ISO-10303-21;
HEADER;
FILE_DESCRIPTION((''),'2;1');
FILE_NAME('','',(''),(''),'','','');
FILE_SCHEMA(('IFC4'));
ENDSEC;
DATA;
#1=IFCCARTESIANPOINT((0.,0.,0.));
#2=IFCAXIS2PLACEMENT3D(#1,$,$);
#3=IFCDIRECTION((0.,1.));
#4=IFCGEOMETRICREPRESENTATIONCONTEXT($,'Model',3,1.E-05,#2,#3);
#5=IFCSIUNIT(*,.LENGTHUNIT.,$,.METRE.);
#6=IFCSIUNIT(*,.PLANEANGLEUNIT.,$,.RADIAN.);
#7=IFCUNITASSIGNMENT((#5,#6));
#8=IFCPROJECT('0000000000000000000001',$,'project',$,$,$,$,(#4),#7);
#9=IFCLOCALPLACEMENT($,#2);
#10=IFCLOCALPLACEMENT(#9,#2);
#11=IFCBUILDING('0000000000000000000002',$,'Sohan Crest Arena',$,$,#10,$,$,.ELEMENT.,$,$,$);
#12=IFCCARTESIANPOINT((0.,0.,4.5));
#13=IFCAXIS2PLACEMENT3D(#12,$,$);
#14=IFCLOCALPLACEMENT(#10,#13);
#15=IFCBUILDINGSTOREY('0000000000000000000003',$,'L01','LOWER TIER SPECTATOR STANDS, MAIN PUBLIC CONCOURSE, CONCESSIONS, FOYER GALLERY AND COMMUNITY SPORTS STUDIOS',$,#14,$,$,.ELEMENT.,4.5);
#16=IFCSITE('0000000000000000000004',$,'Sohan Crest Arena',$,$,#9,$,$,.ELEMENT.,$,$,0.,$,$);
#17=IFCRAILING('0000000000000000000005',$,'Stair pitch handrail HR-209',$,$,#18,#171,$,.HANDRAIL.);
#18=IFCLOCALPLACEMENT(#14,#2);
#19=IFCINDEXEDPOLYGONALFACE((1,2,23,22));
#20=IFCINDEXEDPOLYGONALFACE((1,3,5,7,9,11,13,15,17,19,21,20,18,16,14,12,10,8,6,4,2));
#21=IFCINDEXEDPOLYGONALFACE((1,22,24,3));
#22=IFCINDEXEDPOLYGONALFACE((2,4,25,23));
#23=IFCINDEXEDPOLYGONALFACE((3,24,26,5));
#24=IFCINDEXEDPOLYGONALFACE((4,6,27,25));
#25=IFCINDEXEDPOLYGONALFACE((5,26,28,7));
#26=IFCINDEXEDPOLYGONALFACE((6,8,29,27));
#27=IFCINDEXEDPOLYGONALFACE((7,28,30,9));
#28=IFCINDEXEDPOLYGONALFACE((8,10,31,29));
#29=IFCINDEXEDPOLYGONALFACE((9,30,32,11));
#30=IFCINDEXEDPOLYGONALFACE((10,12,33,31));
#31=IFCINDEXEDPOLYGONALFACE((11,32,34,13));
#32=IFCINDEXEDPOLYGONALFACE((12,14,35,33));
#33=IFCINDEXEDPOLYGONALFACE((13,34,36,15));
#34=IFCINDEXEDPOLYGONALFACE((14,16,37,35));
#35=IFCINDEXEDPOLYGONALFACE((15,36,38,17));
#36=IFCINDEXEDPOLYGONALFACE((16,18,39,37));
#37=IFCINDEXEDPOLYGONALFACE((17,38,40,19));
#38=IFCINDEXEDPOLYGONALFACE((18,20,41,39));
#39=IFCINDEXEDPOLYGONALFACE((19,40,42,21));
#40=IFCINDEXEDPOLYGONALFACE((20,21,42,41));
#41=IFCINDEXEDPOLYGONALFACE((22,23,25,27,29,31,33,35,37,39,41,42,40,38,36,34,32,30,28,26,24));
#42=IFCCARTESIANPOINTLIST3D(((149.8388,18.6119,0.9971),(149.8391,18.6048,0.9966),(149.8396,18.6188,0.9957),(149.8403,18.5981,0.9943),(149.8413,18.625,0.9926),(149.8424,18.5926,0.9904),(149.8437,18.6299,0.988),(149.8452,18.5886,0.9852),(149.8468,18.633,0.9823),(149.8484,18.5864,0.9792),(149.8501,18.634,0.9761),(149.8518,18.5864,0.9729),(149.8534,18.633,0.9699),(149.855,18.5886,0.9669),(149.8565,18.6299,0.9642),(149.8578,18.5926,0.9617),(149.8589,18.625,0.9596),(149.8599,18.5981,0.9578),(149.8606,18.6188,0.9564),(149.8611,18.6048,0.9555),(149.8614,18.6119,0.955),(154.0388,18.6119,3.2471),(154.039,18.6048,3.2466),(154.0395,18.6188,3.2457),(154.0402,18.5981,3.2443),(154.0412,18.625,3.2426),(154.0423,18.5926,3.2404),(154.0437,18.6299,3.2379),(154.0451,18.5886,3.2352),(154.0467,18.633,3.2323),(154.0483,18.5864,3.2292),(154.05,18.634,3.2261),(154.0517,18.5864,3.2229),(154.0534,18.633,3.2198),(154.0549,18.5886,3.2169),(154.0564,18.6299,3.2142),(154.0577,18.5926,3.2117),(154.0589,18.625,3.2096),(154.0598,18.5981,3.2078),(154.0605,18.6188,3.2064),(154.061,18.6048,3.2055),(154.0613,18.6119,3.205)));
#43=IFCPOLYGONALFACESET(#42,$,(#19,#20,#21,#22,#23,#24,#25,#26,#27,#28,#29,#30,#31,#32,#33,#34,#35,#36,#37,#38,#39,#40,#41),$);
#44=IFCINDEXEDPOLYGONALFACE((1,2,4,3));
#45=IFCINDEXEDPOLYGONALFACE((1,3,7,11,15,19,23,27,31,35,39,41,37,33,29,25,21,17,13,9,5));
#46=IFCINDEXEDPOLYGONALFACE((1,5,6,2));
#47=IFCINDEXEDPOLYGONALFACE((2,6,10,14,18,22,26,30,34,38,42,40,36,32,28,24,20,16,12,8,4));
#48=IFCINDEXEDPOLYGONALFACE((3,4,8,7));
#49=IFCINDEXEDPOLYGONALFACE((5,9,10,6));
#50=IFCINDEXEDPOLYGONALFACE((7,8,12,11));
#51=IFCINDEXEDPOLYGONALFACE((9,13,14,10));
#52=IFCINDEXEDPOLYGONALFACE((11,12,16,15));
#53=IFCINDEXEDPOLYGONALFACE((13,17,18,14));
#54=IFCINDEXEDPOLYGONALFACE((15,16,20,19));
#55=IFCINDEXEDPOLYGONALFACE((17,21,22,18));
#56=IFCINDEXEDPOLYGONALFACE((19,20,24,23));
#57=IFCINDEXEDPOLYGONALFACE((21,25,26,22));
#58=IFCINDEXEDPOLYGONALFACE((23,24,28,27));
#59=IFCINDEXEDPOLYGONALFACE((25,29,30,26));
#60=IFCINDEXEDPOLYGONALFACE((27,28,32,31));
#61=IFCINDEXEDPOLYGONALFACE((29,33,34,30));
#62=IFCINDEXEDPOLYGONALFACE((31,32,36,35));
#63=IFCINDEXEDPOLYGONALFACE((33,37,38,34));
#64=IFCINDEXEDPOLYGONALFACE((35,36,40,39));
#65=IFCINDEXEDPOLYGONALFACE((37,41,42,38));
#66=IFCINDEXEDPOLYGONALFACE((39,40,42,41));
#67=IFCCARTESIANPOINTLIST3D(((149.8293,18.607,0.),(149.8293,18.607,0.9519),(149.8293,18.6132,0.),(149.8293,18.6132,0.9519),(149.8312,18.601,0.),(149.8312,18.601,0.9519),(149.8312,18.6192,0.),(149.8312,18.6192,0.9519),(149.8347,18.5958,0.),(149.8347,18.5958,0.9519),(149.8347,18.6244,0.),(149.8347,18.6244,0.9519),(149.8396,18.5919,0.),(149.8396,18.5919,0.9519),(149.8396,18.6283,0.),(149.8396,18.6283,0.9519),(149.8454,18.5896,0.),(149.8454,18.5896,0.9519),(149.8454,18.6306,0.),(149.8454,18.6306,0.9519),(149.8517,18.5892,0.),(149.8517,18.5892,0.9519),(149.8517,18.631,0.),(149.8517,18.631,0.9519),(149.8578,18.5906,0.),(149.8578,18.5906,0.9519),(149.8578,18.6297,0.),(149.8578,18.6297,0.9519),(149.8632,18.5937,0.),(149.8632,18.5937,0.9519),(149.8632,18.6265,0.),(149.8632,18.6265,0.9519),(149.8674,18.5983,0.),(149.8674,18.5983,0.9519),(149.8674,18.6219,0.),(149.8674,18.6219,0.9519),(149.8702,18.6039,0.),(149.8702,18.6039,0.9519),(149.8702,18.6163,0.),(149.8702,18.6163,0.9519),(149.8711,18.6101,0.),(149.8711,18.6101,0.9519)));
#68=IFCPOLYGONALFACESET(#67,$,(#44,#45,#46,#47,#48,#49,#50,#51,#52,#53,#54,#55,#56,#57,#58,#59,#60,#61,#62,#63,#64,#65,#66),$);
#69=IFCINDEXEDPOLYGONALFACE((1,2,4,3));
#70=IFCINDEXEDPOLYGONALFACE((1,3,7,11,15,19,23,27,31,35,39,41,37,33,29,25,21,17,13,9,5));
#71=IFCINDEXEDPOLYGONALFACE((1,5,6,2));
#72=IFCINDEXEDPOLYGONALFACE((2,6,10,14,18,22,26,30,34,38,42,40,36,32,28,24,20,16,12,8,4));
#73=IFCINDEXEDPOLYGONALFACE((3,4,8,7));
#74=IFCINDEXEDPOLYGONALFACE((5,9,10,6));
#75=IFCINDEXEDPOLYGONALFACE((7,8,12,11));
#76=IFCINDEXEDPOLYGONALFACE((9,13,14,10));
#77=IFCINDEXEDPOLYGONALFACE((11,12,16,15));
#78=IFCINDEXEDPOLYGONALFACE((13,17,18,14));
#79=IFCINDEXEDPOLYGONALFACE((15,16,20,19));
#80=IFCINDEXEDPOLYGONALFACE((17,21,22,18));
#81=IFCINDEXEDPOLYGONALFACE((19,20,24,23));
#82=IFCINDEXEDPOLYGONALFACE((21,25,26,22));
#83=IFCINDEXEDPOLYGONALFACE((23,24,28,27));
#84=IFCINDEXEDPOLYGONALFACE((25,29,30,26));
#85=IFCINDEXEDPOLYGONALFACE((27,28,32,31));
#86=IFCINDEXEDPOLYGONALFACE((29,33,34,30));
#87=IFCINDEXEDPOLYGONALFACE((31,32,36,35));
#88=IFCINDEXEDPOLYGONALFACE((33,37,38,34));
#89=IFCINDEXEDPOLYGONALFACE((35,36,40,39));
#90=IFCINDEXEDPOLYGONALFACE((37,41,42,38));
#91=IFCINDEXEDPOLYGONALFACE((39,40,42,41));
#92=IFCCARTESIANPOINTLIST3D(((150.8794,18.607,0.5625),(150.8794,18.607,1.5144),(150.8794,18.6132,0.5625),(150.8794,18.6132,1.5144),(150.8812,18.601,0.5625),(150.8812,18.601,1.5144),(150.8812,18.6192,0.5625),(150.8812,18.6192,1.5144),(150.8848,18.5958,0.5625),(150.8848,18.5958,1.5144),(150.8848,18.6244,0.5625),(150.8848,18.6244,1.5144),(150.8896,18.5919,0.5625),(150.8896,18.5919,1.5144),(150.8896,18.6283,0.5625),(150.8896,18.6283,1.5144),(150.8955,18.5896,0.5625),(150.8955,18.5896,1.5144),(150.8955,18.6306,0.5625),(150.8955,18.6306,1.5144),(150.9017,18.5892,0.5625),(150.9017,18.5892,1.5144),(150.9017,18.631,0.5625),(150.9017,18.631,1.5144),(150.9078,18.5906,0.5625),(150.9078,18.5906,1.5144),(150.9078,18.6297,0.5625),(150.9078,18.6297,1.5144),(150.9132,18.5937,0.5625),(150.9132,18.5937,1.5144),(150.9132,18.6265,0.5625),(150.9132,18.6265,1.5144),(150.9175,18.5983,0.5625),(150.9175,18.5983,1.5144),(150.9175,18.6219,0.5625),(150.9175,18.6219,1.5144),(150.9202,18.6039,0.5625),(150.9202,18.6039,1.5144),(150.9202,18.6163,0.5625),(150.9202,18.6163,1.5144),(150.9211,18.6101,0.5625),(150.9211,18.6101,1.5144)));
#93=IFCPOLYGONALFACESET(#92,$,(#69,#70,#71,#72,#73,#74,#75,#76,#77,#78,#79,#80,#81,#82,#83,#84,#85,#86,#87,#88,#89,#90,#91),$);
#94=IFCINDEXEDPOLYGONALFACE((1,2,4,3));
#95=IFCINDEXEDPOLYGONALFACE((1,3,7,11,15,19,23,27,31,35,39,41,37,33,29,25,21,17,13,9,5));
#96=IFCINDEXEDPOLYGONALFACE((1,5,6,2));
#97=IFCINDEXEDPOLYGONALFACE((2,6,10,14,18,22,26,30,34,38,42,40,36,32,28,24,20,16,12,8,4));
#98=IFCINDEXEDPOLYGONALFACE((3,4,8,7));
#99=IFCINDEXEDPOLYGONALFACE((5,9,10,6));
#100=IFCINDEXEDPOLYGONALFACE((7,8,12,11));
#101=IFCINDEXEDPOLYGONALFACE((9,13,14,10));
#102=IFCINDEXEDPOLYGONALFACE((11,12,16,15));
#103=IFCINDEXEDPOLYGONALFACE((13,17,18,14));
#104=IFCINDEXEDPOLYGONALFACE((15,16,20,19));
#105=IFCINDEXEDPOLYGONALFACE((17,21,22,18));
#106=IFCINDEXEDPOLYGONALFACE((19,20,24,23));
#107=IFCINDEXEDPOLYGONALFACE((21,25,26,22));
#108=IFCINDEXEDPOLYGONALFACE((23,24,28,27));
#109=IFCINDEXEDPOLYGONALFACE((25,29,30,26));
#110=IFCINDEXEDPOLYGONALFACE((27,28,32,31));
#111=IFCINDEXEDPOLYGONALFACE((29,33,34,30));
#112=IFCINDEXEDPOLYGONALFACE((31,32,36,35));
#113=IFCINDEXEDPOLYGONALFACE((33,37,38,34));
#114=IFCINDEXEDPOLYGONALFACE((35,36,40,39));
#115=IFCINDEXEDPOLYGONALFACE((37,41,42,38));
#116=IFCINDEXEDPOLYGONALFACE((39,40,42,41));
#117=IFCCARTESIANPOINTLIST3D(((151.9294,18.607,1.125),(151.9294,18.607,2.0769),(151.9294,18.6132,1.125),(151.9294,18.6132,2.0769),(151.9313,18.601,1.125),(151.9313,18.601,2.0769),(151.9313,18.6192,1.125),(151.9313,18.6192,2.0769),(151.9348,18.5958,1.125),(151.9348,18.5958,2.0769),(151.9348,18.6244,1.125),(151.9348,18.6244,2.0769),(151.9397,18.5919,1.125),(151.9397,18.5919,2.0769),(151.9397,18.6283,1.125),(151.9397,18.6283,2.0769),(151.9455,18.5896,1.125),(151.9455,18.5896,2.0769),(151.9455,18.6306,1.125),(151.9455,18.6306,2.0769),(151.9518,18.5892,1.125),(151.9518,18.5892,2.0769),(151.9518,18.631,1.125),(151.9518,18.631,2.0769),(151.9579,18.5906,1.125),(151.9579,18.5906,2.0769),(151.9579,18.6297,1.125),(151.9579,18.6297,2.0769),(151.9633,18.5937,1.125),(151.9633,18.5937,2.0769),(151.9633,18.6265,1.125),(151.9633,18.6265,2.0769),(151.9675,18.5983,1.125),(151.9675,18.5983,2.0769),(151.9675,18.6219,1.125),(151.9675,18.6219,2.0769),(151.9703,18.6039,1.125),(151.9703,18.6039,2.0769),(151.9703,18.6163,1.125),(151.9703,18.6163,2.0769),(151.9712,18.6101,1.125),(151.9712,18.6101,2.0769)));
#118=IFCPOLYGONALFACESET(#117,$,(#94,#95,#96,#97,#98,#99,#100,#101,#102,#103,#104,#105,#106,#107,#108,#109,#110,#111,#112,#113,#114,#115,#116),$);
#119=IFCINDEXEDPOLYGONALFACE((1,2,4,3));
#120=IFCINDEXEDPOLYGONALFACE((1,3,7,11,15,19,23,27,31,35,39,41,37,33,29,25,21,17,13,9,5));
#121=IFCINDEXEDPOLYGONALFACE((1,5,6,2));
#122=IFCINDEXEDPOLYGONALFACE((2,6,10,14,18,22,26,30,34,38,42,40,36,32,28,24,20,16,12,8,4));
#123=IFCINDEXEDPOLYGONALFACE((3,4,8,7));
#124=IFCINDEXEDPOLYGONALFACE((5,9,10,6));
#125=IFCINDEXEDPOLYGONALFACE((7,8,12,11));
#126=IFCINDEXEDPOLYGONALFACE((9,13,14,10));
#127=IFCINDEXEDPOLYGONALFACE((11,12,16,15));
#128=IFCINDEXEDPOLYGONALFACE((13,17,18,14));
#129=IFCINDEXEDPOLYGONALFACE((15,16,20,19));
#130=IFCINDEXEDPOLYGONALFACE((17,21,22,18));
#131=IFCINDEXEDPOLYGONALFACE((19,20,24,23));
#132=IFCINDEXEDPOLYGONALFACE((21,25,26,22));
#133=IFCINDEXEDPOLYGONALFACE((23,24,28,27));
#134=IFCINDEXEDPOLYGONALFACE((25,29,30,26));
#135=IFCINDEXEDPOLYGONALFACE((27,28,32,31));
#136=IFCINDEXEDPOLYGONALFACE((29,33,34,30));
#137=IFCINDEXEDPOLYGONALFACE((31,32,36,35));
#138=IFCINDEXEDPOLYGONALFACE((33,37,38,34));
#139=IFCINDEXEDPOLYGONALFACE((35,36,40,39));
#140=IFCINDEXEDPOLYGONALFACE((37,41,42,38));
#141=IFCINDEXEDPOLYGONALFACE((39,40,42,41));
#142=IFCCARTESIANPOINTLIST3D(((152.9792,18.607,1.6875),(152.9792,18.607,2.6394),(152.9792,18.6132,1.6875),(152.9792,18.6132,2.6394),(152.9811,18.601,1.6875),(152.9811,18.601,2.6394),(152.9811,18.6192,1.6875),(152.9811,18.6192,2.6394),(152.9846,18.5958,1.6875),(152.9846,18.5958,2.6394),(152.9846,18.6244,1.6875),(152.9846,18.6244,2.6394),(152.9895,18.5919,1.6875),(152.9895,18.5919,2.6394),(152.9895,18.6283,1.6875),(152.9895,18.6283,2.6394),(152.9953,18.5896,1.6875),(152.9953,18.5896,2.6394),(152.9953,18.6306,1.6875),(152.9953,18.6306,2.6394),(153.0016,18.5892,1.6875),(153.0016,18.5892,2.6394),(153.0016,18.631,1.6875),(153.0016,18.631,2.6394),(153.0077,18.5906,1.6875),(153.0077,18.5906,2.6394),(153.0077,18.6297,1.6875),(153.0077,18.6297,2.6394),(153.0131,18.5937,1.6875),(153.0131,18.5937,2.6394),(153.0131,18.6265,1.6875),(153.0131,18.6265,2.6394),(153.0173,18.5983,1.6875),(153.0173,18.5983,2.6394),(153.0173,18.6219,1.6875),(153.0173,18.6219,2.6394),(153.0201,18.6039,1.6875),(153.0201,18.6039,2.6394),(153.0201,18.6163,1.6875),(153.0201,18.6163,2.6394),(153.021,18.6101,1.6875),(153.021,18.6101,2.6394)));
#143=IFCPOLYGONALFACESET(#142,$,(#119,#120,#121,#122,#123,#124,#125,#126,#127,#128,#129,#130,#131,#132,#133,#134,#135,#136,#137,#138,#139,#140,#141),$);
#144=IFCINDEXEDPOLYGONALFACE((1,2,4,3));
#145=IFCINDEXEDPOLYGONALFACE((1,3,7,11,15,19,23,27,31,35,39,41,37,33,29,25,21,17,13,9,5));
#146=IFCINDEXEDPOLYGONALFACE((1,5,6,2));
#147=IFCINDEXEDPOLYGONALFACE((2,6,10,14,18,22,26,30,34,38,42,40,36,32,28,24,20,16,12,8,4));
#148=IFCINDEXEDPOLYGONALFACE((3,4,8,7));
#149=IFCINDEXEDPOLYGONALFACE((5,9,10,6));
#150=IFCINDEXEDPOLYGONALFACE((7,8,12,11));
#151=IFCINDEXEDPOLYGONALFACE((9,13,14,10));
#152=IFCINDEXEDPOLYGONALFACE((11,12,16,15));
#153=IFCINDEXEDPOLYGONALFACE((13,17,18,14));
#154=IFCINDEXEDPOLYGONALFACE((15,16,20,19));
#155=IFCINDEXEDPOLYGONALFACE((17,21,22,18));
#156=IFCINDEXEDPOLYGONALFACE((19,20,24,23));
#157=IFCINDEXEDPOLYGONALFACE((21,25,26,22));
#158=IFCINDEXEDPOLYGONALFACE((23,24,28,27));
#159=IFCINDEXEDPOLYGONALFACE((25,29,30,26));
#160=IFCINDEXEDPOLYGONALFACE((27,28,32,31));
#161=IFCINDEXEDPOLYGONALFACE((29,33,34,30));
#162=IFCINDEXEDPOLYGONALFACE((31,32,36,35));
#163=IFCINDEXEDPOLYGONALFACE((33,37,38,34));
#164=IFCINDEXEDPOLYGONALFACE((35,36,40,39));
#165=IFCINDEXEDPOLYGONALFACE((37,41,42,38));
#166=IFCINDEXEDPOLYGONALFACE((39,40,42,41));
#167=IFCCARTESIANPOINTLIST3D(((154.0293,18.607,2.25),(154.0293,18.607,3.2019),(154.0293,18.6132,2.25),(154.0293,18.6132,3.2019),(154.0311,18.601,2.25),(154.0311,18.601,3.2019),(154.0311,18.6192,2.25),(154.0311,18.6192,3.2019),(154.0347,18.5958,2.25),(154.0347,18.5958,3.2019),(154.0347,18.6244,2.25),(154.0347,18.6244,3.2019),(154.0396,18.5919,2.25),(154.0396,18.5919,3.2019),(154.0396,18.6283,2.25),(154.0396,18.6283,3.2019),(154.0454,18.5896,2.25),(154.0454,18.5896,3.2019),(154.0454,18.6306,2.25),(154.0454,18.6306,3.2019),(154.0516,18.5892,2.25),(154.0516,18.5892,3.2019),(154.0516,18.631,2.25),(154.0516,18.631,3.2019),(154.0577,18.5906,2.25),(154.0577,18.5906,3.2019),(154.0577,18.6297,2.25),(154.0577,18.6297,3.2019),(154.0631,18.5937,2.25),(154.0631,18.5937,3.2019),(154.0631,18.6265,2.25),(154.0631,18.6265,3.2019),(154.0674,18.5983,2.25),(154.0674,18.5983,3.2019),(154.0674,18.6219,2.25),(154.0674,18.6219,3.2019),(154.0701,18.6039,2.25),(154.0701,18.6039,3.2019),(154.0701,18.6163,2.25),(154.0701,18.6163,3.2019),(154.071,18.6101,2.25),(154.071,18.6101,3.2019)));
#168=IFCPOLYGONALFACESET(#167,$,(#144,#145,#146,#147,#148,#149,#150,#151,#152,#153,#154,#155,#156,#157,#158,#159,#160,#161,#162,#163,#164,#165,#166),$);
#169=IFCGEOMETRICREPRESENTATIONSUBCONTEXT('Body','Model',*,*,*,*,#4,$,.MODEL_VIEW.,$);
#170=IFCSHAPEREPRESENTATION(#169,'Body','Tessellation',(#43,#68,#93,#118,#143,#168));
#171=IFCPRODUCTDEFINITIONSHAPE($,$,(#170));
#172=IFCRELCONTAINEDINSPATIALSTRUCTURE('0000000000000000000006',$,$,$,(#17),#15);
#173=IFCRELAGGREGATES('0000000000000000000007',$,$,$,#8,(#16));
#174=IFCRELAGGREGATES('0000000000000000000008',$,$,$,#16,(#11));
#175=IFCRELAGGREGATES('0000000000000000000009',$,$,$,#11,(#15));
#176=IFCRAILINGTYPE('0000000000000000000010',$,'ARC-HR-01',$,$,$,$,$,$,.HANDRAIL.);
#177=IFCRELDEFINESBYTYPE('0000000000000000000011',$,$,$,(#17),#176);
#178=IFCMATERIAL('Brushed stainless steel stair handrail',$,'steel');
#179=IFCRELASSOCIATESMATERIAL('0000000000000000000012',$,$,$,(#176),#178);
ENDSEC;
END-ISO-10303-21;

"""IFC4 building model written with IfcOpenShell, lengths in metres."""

from ifc_helpers import new_model, si_unit, direction, frame, origin, origin_2d, place, context, subcontext, project, spatial, circle, extrude, material, type_object, element, save


model = new_model("IFC4")

# Units and contexts
model_context = context("Model", 3, precision=1e-05, world=origin(), true_north=direction((0.0, 1.0)))
body_context = subcontext(model_context, "Body", "Model", "MODEL_VIEW")
ifc_project = project(units=[si_unit("LENGTHUNIT", "METRE"), si_unit("PLANEANGLEUNIT", "RADIAN")], contexts=[model_context])

# Site, building, storey
site_placement = place(None, origin())
site = spatial("IfcSite", under=ifc_project, at=site_placement, Name="Sohan Crest Arena", CompositionType="ELEMENT", RefElevation=0.0)
building_placement = place(site_placement, origin())
building = spatial("IfcBuilding", under=site, at=building_placement, Name="Sohan Crest Arena", CompositionType="ELEMENT")
storey_placement = place(building_placement, frame((0.0, 0.0, 4.5)))
storey = spatial("IfcBuildingStorey", under=building, at=storey_placement, Name="L01", Description="LOWER TIER SPECTATOR STANDS, MAIN PUBLIC CONCOURSE, CONCESSIONS, FOYER GALLERY AND COMMUNITY SPORTS STUDIOS", CompositionType="ELEMENT", Elevation=4.5)

# Railing
ifc_material_1 = material(Name="Brushed stainless steel stair handrail", Category="steel")
railing_type_1 = type_object("IfcRailingType", Name="ARC-HR-01", PredefinedType="HANDRAIL", material=ifc_material_1)
for number, where, name in (
    (1, (149.8501, 18.6101, 0.0), "Stair pitch handrail HR-209"),
):
    element("IfcRailing", number, at=place(storey_placement, frame(where)), inside=storey, type_object=railing_type_1, Name=name, PredefinedType="HANDRAIL", context=body_context, shape_type="SweptSolid", body=[
        extrude(circle(Radius=0.0239, at=origin_2d()), frame((0.0, 0.0, 0.9761), z_axis=(0.881478, 0.0, 0.472226), x_axis=(0.0, 1.0, 0.0)), (0.0, 0.0, 1.0), 4.7646),
        extrude(circle(Radius=0.021, at=origin_2d()), origin(), (0.0, 0.0, 1.0), 0.9519),
        extrude(circle(Radius=0.021, at=origin_2d()), frame((1.05, 0.0, 0.5625)), (0.0, 0.0, 1.0), 0.9519),
        extrude(circle(Radius=0.021, at=origin_2d()), frame((2.1001, 0.0, 1.125)), (0.0, 0.0, 1.0), 0.9519),
        extrude(circle(Radius=0.021, at=origin_2d()), frame((3.1499, 0.0, 1.6875)), (0.0, 0.0, 1.0), 0.9519),
        extrude(circle(Radius=0.021, at=origin_2d()), frame((4.2, 0.0, 2.25)), (0.0, 0.0, 1.0), 0.9519),
    ])

save(model, "model.ifc")
